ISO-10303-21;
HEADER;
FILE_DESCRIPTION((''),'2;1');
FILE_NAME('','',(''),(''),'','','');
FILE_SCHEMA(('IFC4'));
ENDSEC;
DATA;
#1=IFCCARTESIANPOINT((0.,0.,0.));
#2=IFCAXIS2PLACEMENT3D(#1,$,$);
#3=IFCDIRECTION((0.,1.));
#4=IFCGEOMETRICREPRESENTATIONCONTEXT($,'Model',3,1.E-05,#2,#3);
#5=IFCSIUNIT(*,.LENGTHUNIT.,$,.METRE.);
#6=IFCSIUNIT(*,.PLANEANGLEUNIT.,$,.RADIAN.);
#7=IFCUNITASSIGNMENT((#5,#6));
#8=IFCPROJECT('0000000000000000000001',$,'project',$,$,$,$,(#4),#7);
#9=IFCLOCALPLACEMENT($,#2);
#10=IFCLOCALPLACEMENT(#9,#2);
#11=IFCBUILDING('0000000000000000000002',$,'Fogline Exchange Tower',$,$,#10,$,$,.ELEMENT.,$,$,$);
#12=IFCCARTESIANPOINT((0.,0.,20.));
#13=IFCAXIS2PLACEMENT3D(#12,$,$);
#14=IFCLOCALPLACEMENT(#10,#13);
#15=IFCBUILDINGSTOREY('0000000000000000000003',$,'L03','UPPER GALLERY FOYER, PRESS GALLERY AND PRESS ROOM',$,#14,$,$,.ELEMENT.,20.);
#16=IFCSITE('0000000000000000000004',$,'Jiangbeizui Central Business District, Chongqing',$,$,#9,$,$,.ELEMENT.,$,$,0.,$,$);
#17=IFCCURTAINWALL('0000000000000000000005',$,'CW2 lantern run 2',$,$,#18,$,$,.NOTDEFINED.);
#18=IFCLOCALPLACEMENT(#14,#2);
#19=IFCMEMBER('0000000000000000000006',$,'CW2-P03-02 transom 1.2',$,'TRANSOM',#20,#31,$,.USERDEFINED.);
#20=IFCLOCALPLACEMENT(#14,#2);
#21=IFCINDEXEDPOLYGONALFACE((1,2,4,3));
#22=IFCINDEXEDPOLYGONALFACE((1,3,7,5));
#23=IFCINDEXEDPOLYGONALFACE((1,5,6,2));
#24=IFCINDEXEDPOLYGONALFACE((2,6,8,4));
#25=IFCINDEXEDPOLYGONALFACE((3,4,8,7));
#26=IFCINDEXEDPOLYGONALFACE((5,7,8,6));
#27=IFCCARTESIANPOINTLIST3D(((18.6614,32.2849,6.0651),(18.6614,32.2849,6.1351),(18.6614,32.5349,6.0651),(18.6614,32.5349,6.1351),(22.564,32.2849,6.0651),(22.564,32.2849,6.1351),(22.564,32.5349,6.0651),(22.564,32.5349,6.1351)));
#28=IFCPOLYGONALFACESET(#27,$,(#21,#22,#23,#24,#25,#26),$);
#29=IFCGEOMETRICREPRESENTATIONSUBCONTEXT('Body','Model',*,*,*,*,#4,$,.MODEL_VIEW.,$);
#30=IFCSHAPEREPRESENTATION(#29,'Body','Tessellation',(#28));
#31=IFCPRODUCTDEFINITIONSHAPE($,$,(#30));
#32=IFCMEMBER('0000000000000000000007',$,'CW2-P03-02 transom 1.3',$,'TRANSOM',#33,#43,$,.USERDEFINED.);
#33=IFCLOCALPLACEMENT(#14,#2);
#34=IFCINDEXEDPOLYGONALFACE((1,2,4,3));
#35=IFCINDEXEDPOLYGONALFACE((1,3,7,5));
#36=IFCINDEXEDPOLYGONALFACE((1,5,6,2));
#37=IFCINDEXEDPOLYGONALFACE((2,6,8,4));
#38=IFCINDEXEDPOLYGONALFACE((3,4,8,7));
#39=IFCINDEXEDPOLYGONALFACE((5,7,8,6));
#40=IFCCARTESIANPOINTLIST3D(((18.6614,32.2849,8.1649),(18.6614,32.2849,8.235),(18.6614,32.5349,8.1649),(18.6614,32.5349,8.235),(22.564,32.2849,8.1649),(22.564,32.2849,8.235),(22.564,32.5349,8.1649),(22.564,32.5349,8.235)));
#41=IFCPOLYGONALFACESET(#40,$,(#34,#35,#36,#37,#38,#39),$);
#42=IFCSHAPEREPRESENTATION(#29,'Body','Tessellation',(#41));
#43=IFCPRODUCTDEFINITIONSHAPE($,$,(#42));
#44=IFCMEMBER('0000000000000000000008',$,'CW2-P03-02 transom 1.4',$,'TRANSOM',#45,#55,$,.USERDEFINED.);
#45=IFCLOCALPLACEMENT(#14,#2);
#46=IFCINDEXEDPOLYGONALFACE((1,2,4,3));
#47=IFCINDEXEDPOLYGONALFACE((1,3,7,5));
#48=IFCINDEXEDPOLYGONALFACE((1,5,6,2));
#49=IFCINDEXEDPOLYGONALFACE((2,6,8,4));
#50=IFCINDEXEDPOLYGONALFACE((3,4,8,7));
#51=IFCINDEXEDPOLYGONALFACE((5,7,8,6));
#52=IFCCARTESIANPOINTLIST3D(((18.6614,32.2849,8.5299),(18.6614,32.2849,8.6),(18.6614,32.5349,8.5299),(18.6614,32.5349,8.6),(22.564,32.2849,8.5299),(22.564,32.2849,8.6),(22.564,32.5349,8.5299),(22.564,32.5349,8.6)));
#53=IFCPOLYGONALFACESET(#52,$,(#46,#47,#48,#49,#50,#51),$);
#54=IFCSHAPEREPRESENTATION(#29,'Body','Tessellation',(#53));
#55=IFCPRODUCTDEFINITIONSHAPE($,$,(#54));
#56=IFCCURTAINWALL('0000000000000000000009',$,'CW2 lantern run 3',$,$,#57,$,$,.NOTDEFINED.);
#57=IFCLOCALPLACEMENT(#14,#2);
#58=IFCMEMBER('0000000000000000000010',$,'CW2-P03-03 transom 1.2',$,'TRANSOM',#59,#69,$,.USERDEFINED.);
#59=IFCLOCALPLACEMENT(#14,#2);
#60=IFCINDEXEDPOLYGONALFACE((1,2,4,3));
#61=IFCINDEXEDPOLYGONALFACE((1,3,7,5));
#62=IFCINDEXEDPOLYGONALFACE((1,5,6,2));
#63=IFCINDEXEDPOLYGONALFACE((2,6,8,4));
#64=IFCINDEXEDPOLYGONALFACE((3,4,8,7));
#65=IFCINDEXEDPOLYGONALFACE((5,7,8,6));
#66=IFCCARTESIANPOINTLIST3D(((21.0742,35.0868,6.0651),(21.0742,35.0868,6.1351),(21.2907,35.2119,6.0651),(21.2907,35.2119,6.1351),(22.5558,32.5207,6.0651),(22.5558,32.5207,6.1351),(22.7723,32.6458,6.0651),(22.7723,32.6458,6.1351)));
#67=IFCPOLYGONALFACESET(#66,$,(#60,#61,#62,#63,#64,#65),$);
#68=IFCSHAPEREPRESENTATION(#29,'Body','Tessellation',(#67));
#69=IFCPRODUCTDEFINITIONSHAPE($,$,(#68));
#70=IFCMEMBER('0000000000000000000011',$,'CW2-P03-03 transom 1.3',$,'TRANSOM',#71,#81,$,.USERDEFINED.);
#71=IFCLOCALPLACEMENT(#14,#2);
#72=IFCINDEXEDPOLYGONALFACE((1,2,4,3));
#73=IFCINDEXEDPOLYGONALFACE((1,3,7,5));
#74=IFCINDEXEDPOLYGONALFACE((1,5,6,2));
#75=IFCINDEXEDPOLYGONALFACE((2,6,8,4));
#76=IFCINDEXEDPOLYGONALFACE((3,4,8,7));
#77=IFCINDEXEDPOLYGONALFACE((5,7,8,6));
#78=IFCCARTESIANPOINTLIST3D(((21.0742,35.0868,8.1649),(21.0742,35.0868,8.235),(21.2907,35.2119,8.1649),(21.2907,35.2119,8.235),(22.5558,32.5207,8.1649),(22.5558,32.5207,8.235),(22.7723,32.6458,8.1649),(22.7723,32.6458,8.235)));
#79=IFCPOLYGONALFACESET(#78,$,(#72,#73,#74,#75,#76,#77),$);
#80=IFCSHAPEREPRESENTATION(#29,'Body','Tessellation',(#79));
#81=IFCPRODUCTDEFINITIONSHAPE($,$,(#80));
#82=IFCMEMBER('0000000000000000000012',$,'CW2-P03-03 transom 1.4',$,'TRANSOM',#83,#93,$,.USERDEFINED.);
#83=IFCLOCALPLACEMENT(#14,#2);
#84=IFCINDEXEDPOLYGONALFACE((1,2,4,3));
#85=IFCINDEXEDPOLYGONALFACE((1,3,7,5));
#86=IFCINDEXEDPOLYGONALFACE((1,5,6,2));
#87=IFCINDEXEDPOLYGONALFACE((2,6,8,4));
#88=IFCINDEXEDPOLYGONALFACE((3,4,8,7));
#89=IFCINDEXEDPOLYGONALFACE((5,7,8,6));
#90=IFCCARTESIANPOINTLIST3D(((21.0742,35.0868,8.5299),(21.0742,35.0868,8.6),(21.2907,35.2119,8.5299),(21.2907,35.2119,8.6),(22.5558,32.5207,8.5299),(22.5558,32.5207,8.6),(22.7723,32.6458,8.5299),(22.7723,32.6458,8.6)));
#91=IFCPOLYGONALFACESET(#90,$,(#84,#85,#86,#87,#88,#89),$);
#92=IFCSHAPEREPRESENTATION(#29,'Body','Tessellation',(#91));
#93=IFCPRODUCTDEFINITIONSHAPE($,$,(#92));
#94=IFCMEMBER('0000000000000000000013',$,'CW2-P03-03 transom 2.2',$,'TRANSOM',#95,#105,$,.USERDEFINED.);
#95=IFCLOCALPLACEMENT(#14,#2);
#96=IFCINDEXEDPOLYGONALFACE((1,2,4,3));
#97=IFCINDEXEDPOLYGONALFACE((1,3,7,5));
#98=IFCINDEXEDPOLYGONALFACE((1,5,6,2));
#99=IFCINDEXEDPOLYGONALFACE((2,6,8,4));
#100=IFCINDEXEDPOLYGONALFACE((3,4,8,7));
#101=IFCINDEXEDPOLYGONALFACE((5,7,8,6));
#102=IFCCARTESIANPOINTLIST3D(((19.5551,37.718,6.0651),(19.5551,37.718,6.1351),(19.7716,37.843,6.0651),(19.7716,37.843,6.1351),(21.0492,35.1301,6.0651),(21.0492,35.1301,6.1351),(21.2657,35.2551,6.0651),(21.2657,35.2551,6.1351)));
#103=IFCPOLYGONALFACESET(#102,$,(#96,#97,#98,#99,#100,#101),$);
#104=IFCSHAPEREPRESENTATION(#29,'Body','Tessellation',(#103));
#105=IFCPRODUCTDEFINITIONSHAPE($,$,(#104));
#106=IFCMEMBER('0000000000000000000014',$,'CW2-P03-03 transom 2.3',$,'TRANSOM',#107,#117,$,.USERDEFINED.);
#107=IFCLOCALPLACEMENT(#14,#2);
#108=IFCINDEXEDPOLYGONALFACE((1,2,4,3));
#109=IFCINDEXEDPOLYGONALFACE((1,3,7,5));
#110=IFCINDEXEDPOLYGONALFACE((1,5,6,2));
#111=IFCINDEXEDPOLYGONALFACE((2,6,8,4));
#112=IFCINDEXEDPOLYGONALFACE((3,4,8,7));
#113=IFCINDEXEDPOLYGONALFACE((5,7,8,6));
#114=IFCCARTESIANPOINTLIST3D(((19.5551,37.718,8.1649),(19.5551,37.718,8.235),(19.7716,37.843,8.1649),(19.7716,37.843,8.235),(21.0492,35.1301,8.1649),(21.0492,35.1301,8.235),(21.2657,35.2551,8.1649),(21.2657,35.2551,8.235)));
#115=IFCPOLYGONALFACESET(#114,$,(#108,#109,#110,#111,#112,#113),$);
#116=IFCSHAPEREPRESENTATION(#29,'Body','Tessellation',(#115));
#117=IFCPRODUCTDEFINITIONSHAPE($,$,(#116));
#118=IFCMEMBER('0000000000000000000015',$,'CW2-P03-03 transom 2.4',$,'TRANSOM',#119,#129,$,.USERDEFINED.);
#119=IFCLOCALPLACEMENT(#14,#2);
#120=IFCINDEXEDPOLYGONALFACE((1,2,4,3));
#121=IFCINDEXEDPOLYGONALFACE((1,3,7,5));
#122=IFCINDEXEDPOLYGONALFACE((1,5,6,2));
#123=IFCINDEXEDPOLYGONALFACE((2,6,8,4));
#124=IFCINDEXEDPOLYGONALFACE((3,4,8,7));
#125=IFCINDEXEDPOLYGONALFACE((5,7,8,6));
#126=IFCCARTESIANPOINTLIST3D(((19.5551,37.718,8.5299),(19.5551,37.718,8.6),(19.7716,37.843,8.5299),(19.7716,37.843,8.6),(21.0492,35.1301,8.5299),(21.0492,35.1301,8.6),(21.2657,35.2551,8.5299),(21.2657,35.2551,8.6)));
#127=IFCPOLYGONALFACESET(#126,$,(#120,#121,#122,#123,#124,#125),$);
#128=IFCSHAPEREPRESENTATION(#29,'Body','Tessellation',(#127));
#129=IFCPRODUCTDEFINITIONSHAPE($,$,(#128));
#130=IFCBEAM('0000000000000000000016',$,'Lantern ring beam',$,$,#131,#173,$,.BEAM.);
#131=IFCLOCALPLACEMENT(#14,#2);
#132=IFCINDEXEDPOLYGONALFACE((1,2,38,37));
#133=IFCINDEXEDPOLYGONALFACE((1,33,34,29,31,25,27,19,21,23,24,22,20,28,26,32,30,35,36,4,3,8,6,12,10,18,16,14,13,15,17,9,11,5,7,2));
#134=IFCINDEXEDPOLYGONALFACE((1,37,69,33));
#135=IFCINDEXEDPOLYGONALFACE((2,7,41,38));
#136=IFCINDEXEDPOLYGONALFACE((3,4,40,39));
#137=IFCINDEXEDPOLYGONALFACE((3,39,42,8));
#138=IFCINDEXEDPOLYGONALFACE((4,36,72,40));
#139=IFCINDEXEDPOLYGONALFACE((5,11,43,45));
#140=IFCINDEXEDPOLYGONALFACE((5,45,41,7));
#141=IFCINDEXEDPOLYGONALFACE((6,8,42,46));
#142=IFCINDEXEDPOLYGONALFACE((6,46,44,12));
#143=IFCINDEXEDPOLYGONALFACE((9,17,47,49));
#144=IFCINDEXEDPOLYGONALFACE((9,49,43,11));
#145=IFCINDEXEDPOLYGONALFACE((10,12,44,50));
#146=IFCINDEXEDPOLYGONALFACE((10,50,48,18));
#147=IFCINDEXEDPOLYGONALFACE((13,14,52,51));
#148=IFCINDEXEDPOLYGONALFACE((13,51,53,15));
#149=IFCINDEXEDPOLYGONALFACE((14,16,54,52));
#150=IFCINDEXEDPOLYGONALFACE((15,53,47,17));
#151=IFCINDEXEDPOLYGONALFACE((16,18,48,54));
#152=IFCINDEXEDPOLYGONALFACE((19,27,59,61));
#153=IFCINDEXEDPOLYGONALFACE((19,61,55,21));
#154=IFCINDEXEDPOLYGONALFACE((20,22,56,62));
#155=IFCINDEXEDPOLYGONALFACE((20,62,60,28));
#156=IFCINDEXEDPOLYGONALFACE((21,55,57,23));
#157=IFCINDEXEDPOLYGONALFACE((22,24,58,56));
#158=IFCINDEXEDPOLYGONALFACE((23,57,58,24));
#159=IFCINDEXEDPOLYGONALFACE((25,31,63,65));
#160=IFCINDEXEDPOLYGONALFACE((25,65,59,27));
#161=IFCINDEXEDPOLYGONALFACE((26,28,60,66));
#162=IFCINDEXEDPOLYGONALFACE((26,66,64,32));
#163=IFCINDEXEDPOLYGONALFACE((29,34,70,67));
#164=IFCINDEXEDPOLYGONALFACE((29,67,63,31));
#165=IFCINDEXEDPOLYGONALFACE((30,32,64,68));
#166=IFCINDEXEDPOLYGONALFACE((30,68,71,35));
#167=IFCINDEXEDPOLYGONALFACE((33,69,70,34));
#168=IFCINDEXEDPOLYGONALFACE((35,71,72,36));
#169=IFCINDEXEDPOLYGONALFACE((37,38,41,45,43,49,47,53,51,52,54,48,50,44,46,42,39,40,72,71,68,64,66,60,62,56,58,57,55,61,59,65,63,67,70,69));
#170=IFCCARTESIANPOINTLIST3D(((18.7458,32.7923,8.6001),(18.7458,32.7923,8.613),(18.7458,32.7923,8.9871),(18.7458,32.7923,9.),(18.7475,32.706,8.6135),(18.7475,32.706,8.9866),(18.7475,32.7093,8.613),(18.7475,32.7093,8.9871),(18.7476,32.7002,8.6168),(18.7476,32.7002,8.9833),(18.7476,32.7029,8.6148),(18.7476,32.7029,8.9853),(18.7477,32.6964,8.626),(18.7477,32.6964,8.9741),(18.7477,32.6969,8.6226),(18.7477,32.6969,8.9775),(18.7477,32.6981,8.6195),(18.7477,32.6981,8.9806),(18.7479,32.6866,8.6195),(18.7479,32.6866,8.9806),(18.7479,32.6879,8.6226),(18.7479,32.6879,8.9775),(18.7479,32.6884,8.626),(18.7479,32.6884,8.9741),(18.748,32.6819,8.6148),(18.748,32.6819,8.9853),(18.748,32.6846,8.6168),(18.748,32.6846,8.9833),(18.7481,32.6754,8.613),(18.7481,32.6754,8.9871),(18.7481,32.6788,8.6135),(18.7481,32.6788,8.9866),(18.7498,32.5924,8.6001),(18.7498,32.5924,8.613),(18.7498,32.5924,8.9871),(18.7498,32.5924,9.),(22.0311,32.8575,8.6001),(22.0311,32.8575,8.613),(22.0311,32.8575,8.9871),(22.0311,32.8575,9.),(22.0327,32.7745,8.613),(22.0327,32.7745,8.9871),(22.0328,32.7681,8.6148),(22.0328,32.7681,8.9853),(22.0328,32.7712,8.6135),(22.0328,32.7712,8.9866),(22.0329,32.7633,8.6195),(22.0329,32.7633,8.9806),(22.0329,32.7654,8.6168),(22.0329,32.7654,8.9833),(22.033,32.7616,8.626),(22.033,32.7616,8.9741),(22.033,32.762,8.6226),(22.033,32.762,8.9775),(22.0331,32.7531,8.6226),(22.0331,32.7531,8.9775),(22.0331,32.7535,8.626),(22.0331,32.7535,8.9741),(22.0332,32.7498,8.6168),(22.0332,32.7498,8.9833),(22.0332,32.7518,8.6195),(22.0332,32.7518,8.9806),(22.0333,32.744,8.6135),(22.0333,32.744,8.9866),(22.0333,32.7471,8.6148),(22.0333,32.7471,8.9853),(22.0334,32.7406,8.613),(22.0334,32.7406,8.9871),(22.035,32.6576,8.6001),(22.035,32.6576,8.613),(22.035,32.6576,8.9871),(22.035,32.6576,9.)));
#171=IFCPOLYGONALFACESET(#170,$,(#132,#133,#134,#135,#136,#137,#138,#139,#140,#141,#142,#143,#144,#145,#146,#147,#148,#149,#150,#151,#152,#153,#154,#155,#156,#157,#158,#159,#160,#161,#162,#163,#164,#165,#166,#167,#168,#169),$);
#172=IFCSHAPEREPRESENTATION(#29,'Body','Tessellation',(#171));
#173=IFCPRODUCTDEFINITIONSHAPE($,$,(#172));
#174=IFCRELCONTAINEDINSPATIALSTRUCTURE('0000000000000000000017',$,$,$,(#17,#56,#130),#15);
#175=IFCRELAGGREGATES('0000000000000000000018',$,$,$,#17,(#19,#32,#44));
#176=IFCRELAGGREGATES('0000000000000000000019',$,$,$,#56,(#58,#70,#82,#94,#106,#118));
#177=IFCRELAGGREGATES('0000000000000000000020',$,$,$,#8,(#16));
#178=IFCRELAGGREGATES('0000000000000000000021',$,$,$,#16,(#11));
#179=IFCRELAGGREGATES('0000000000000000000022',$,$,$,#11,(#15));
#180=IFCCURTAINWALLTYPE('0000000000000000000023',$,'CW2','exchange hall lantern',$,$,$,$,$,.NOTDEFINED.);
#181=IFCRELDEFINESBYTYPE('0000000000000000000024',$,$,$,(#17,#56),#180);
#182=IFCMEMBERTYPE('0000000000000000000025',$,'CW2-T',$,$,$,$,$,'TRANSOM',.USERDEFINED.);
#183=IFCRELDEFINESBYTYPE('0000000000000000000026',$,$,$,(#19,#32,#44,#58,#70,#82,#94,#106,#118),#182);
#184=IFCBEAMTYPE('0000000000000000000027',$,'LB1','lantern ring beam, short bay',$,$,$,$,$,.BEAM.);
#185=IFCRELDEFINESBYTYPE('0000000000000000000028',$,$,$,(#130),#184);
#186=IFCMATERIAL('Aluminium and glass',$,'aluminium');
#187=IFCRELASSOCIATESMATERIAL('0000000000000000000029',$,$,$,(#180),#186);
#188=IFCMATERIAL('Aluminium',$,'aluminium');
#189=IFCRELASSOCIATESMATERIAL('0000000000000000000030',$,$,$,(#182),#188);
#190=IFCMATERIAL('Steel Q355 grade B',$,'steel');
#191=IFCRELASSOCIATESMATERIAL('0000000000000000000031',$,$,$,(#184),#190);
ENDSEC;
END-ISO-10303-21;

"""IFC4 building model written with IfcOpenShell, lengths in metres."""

from ifc_helpers import new_model, si_unit, direction, frame, origin, origin_2d, place, context, subcontext, project, spatial, rectangle, i_section, extrude, material, material_profile, profile_set, type_object, element, aggregate, save


model = new_model("IFC4")

# Units and contexts
model_context = context("Model", 3, precision=1e-05, world=origin(), true_north=direction((0.0, 1.0)))
body_context = subcontext(model_context, "Body", "Model", "MODEL_VIEW")
ifc_project = project(units=[si_unit("LENGTHUNIT", "METRE"), si_unit("PLANEANGLEUNIT", "RADIAN")], contexts=[model_context])

# Site, building, storey
site_placement = place(None, origin())
site = spatial("IfcSite", under=ifc_project, at=site_placement, Name="Jiangbeizui Central Business District, Chongqing", CompositionType="ELEMENT", RefElevation=0.0)
building_placement = place(site_placement, origin())
building = spatial("IfcBuilding", under=site, at=building_placement, Name="Fogline Exchange Tower", CompositionType="ELEMENT")
storey_placement = place(building_placement, frame((0.0, 0.0, 20.0)))
storey = spatial("IfcBuildingStorey", under=building, at=storey_placement, Name="L03", Description="UPPER GALLERY FOYER, PRESS GALLERY AND PRESS ROOM", CompositionType="ELEMENT", Elevation=20.0)

# Curtain walls, members
ifc_material_1 = material(Name="Aluminium and glass", Category="aluminium")
curtain_wall_type = type_object("IfcCurtainWallType", Name="CW2", Description="exchange hall lantern", PredefinedType="NOTDEFINED", material=ifc_material_1)
curtain_wall_1_placement = place(storey_placement, origin())
curtain_wall_1 = element("IfcCurtainWall", 1, at=curtain_wall_1_placement, inside=storey, type_object=curtain_wall_type, Name="CW2 lantern run 2", PredefinedType="NOTDEFINED")
ifc_material_2 = material(Name="Aluminium", Category="aluminium")
ifc_material_profile_1 = material_profile(ifc_material_2, rectangle(XDim=0.25, YDim=0.0701, at=origin_2d()), Name="Transom 70x250")
ifc_profile_set_1 = profile_set([ifc_material_profile_1], Name="Aluminium")
member_type = type_object("IfcMemberType", Name="CW2-T", ElementType="TRANSOM", PredefinedType="USERDEFINED", material=ifc_profile_set_1)
member_1_placement = place(storey_placement, frame((18.6614, 32.4099, 6.1001), z_axis=(1.0, 0.0, 0.0), x_axis=(0.0, 1.0, 0.0)))
member_1 = element("IfcMember", 2, at=member_1_placement, type_object=member_type, Name="CW2-P03-02 transom 1.2", ObjectType="TRANSOM", PredefinedType="USERDEFINED", context=body_context, shape_type="SweptSolid", body=[
    extrude(rectangle(XDim=0.25, YDim=0.0701, at=origin_2d()), origin(), (0.0, 0.0, 1.0), 3.9026),
])
member_2_placement = place(storey_placement, frame((18.6614, 32.4099, 8.2), z_axis=(1.0, 0.0, 0.0), x_axis=(0.0, 1.0, 0.0)))
member_2 = element("IfcMember", 3, at=member_2_placement, type_object=member_type, Name="CW2-P03-02 transom 1.3", ObjectType="TRANSOM", PredefinedType="USERDEFINED", context=body_context, shape_type="SweptSolid", body=[
    extrude(rectangle(XDim=0.25, YDim=0.0701, at=origin_2d()), origin(), (0.0, 0.0, 1.0), 3.9026),
])
member_3_placement = place(storey_placement, frame((18.6614, 32.4099, 8.5649), z_axis=(1.0, 0.0, 0.0), x_axis=(0.0, 1.0, 0.0)))
member_3 = element("IfcMember", 4, at=member_3_placement, type_object=member_type, Name="CW2-P03-02 transom 1.4", ObjectType="TRANSOM", PredefinedType="USERDEFINED", context=body_context, shape_type="SweptSolid", body=[
    extrude(rectangle(XDim=0.25, YDim=0.0701, at=origin_2d()), origin(), (0.0, 0.0, 1.0), 3.9026),
])
curtain_wall_2_placement = place(storey_placement, origin())
curtain_wall_2 = element("IfcCurtainWall", 5, at=curtain_wall_2_placement, inside=storey, type_object=curtain_wall_type, Name="CW2 lantern run 3", PredefinedType="NOTDEFINED")
member_4_placement = place(storey_placement, frame((22.6641, 32.5833, 6.1001), z_axis=(-0.500029, 0.866009, 0.0), x_axis=(-0.866009, -0.500029, 0.0)))
member_4 = element("IfcMember", 6, at=member_4_placement, type_object=member_type, Name="CW2-P03-03 transom 1.2", ObjectType="TRANSOM", PredefinedType="USERDEFINED", context=body_context, shape_type="SweptSolid", body=[
    extrude(rectangle(XDim=0.25, YDim=0.0701, at=origin_2d()), origin(), (0.0, 0.0, 1.0), 2.9631),
])
member_5_placement = place(storey_placement, frame((22.6641, 32.5833, 8.2), z_axis=(-0.500029, 0.866009, 0.0), x_axis=(-0.866009, -0.500029, 0.0)))
member_5 = element("IfcMember", 7, at=member_5_placement, type_object=member_type, Name="CW2-P03-03 transom 1.3", ObjectType="TRANSOM", PredefinedType="USERDEFINED", context=body_context, shape_type="SweptSolid", body=[
    extrude(rectangle(XDim=0.25, YDim=0.0701, at=origin_2d()), origin(), (0.0, 0.0, 1.0), 2.9631),
])
member_6_placement = place(storey_placement, frame((22.6641, 32.5833, 8.5649), z_axis=(-0.500029, 0.866009, 0.0), x_axis=(-0.866009, -0.500029, 0.0)))
member_6 = element("IfcMember", 8, at=member_6_placement, type_object=member_type, Name="CW2-P03-03 transom 1.4", ObjectType="TRANSOM", PredefinedType="USERDEFINED", context=body_context, shape_type="SweptSolid", body=[
    extrude(rectangle(XDim=0.25, YDim=0.0701, at=origin_2d()), origin(), (0.0, 0.0, 1.0), 2.9631),
])
member_7_placement = place(storey_placement, frame((21.1575, 35.1926, 6.1001), z_axis=(-0.500005, 0.866022, 0.0), x_axis=(-0.866022, -0.500005, 0.0)))
member_7 = element("IfcMember", 9, at=member_7_placement, type_object=member_type, Name="CW2-P03-03 transom 2.2", ObjectType="TRANSOM", PredefinedType="USERDEFINED", context=body_context, shape_type="SweptSolid", body=[
    extrude(rectangle(XDim=0.25, YDim=0.0701, at=origin_2d()), origin(), (0.0, 0.0, 1.0), 2.9883),
])
member_8_placement = place(storey_placement, frame((21.1575, 35.1926, 8.2), z_axis=(-0.500005, 0.866022, 0.0), x_axis=(-0.866022, -0.500005, 0.0)))
member_8 = element("IfcMember", 10, at=member_8_placement, type_object=member_type, Name="CW2-P03-03 transom 2.3", ObjectType="TRANSOM", PredefinedType="USERDEFINED", context=body_context, shape_type="SweptSolid", body=[
    extrude(rectangle(XDim=0.25, YDim=0.0701, at=origin_2d()), origin(), (0.0, 0.0, 1.0), 2.9883),
])
member_9_placement = place(storey_placement, frame((21.1575, 35.1926, 8.5649), z_axis=(-0.500005, 0.866022, 0.0), x_axis=(-0.866022, -0.500005, 0.0)))
member_9 = element("IfcMember", 11, at=member_9_placement, type_object=member_type, Name="CW2-P03-03 transom 2.4", ObjectType="TRANSOM", PredefinedType="USERDEFINED", context=body_context, shape_type="SweptSolid", body=[
    extrude(rectangle(XDim=0.25, YDim=0.0701, at=origin_2d()), origin(), (0.0, 0.0, 1.0), 2.9883),
])

# Beam
ifc_material_3 = material(Name="Steel Q355 grade B", Category="steel")
ifc_material_profile_2 = material_profile(ifc_material_3, i_section(OverallWidth=0.2, OverallDepth=0.3999, WebThickness=0.0081, FlangeThickness=0.0129, FilletRadius=0.0129, at=origin_2d()), Name="HN400X200X8X13")
ifc_profile_set_2 = profile_set([ifc_material_profile_2], Name="Steel Q355 grade B")
beam_type_1 = type_object("IfcBeamType", Name="LB1", Description="lantern ring beam, short bay", PredefinedType="BEAM", material=ifc_profile_set_2)
beam_1_placement = place(storey_placement, frame((18.7478, 32.6924, 8.8), z_axis=(0.999803, 0.019839, 0.0), x_axis=(-0.019839, 0.999803, 0.0)))
element("IfcBeam", 12, at=beam_1_placement, inside=storey, type_object=beam_type_1, Name="Lantern ring beam", PredefinedType="BEAM", context=body_context, shape_type="SweptSolid", body=[
    extrude(i_section(OverallWidth=0.2, OverallDepth=0.3999, WebThickness=0.0081, FlangeThickness=0.0129, FilletRadius=0.0129, at=origin_2d()), origin(), (0.0, 0.0, 1.0), 3.2859),
])

aggregate(curtain_wall_1, [member_1, member_2, member_3])
aggregate(curtain_wall_2, [member_4, member_5, member_6, member_7, member_8, member_9])

save(model, "model.ifc")
